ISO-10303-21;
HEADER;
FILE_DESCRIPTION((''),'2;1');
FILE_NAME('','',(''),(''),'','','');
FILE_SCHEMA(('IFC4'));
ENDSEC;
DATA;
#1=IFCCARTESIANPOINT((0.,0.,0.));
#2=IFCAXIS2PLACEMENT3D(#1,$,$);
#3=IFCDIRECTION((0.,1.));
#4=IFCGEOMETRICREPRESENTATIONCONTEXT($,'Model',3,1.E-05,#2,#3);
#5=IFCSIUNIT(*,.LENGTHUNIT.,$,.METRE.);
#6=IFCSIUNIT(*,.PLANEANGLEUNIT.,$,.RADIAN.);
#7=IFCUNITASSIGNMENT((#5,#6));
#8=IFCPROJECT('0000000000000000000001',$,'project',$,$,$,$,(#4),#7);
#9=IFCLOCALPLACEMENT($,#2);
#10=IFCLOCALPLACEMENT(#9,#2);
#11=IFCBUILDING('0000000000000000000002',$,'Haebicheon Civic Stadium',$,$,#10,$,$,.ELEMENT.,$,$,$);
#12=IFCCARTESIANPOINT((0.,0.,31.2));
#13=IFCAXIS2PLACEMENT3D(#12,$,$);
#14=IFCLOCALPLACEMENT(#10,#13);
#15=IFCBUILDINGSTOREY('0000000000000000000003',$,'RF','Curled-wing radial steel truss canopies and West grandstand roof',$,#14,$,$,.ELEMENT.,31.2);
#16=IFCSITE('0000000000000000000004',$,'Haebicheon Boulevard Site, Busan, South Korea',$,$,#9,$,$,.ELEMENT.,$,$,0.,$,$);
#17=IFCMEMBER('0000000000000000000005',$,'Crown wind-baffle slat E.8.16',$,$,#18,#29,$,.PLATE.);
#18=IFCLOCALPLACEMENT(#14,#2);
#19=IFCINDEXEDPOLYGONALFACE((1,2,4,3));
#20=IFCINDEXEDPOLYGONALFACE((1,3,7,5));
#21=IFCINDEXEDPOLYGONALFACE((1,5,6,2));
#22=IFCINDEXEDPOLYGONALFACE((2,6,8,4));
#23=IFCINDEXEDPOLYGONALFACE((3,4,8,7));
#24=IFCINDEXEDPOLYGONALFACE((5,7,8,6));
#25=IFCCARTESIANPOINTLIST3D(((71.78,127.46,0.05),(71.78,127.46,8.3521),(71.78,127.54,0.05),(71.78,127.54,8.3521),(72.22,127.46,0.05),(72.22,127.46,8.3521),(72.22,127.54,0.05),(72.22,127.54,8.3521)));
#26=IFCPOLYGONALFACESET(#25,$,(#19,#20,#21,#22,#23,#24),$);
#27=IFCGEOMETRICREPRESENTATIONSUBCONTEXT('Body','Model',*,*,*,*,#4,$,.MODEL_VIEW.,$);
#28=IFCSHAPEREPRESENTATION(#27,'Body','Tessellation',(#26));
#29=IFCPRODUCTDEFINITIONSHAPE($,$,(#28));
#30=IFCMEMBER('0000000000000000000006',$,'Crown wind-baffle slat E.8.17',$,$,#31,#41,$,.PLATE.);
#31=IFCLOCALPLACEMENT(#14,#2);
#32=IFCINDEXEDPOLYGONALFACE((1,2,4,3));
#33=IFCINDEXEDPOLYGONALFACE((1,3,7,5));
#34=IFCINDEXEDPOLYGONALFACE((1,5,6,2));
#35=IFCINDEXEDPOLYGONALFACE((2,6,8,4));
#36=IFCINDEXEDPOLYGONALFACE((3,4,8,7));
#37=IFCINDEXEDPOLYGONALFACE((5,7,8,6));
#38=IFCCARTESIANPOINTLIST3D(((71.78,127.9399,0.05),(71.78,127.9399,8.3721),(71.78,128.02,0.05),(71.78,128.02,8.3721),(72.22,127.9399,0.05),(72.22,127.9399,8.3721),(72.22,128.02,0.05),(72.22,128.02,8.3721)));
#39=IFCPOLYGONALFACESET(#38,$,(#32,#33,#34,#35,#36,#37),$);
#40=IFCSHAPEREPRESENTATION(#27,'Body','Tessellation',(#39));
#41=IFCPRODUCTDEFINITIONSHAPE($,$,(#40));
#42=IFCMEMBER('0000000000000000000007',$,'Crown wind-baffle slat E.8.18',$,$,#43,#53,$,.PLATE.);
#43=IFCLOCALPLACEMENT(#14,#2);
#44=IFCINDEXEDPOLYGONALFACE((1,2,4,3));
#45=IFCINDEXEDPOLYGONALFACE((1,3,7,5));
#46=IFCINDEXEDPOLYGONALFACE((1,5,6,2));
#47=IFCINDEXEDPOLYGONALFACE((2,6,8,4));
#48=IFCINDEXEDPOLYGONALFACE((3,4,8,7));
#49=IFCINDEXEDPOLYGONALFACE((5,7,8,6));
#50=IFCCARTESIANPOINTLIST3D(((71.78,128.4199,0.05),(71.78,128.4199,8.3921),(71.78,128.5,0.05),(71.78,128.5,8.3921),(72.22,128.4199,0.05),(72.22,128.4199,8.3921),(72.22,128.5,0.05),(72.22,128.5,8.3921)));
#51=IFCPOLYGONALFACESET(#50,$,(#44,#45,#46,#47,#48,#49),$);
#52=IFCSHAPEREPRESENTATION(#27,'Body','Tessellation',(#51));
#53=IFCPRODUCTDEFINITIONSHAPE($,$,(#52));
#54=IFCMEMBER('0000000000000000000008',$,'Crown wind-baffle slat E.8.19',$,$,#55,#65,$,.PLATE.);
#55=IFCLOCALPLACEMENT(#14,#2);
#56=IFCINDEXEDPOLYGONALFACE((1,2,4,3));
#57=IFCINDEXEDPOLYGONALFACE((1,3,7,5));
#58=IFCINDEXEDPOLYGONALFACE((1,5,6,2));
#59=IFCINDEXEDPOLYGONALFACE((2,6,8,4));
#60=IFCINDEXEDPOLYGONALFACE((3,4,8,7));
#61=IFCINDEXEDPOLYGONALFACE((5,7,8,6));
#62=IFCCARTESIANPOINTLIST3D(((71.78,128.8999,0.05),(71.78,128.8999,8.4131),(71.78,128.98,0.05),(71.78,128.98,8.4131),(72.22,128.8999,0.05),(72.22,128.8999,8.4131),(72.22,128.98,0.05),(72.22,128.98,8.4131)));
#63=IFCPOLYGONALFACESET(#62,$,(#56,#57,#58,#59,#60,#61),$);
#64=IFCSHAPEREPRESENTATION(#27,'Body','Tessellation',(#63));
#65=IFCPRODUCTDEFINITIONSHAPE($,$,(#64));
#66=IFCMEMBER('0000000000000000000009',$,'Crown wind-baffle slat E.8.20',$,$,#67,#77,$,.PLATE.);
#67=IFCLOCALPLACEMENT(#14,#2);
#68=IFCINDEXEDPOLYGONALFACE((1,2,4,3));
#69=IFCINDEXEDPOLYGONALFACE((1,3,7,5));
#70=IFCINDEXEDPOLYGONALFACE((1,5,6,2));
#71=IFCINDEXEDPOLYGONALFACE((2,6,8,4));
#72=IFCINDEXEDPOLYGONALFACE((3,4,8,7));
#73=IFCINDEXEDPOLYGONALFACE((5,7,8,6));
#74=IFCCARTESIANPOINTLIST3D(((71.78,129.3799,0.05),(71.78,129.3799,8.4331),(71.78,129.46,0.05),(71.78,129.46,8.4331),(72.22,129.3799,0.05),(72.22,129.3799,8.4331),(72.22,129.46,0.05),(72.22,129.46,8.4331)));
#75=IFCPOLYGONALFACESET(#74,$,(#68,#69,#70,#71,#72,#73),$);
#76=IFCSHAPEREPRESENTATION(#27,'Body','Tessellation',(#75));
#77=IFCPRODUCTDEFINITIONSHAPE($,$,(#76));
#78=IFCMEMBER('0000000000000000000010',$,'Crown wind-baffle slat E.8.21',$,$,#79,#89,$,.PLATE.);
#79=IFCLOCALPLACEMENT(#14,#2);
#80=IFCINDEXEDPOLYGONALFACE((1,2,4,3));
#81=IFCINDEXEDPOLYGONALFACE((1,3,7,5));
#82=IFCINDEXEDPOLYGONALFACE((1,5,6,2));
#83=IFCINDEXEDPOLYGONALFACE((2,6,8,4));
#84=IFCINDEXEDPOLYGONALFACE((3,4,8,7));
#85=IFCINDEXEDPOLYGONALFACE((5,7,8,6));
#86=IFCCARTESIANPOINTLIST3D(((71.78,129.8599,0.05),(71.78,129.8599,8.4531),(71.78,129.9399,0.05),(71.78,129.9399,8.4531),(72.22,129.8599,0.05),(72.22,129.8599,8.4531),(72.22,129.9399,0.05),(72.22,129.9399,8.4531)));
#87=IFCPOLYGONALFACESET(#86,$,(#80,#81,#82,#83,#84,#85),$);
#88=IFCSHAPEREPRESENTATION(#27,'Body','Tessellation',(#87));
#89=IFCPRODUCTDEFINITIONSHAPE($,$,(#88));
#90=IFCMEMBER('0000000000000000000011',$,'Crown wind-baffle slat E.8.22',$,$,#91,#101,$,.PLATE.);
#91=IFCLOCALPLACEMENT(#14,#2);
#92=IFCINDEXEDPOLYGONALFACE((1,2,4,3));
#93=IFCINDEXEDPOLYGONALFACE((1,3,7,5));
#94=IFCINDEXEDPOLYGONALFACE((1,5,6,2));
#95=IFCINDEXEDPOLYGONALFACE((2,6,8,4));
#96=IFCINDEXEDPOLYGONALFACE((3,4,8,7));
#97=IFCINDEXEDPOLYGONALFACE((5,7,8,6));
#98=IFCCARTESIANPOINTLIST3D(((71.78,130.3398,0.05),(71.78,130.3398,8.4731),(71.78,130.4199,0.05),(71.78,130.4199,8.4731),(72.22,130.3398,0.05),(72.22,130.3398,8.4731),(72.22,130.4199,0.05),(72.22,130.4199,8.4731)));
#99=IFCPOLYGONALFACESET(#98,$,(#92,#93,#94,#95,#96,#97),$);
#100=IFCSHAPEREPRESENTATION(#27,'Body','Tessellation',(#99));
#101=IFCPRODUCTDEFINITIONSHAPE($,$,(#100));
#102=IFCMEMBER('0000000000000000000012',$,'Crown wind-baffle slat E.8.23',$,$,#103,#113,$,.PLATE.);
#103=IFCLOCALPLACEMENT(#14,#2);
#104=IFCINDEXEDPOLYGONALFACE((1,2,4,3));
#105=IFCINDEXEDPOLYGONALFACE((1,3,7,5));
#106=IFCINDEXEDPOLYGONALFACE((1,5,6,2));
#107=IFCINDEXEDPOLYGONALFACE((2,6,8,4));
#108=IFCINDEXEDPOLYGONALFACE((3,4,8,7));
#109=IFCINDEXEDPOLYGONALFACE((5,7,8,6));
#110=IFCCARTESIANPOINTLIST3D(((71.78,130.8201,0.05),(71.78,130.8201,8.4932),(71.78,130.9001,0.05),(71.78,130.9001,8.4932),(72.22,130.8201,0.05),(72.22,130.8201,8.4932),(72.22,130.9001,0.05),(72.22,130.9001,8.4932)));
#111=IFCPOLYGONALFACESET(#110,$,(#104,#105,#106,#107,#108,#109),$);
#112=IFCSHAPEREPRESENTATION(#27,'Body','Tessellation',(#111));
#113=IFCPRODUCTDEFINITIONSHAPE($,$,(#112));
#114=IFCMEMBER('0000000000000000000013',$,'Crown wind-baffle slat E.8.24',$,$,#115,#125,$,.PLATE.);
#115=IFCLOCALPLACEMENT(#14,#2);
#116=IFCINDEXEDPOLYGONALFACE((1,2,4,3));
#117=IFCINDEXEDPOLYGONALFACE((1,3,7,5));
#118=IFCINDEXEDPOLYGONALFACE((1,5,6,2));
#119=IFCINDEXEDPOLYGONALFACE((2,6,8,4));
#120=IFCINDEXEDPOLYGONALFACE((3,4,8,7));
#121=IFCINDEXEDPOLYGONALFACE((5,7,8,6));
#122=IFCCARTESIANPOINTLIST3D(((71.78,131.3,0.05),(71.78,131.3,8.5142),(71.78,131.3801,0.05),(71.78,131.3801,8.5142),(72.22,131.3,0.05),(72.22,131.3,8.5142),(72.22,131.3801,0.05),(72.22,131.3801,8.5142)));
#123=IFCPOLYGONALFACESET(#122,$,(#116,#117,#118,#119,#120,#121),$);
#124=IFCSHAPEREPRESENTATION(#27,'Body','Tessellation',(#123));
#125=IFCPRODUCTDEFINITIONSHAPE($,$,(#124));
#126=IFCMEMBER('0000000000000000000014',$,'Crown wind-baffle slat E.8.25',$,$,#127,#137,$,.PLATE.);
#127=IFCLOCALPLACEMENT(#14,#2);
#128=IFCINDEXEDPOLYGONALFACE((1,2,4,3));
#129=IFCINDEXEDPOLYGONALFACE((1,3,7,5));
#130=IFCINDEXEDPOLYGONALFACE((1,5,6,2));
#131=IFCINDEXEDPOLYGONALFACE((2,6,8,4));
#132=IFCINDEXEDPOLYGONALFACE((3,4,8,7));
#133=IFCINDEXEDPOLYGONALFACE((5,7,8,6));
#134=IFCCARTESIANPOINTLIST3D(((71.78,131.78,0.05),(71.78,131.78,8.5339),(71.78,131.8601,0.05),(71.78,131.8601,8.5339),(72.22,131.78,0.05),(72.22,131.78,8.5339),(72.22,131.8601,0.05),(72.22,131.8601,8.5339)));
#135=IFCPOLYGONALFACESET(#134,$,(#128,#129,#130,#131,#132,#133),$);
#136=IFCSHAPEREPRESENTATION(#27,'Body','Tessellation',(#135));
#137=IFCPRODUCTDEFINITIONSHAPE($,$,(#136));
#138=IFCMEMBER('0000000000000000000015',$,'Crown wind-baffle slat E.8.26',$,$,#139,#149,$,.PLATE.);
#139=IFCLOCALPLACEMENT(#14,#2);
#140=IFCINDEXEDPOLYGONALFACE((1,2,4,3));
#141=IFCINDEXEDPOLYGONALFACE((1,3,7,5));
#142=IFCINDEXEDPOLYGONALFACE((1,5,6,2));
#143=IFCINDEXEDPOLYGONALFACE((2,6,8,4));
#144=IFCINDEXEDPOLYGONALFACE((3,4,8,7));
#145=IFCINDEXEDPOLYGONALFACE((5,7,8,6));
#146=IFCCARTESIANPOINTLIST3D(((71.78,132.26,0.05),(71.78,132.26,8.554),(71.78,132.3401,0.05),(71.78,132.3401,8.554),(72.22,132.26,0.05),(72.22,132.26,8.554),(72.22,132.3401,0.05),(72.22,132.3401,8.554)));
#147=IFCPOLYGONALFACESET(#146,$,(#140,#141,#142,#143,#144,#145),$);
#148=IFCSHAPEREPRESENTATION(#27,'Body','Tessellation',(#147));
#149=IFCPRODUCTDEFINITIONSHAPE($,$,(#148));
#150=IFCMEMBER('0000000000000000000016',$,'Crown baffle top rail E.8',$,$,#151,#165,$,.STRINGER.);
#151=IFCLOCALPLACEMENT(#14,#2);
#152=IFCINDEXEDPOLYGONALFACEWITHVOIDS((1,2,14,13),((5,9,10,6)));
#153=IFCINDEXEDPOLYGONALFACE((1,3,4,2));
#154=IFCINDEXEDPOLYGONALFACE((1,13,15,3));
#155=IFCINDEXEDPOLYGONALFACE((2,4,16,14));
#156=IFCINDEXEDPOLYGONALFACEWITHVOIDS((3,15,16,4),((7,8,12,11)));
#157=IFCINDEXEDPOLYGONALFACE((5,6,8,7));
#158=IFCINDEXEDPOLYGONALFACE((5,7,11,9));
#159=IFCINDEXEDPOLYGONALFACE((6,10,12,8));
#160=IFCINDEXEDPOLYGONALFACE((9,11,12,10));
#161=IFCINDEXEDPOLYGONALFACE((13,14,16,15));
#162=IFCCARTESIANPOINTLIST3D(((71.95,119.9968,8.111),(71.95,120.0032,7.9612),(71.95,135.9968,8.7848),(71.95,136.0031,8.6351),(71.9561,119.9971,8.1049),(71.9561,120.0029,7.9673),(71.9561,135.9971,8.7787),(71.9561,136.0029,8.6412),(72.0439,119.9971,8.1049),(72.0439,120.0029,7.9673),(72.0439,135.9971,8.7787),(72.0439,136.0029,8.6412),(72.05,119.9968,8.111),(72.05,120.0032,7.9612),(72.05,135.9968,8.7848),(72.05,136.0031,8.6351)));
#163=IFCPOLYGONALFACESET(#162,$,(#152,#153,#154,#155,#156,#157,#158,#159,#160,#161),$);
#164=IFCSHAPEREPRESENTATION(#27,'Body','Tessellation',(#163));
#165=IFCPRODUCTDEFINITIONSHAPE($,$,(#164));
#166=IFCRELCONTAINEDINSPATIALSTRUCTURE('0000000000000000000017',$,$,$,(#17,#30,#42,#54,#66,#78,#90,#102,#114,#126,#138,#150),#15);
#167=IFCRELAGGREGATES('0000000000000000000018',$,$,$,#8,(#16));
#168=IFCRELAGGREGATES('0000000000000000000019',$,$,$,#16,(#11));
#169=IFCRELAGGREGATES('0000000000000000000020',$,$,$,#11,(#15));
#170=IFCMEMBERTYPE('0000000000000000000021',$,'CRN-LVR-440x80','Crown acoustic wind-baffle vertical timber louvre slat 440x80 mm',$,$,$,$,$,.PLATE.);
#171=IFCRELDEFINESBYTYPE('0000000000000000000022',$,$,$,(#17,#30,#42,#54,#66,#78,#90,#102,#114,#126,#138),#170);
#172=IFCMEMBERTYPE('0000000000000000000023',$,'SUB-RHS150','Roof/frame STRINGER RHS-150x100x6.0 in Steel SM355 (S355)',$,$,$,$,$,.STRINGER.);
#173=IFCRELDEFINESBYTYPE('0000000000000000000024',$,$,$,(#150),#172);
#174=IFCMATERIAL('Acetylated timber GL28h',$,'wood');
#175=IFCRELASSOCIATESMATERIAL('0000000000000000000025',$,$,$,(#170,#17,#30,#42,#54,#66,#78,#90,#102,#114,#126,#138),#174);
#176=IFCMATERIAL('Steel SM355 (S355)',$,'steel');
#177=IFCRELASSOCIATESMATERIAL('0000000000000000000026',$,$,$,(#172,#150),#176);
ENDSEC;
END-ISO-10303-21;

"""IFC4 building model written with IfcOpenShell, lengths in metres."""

from ifc_helpers import new_model, si_unit, direction, frame, origin, origin_2d, place, context, subcontext, project, spatial, rectangle, hollow_rectangle, extrude, material, material_profile, profile_set, type_object, element, save


model = new_model("IFC4")

# Units and contexts
model_context = context("Model", 3, precision=1e-05, world=origin(), true_north=direction((0.0, 1.0)))
body_context = subcontext(model_context, "Body", "Model", "MODEL_VIEW")
ifc_project = project(units=[si_unit("LENGTHUNIT", "METRE"), si_unit("PLANEANGLEUNIT", "RADIAN")], contexts=[model_context])

# Site, building, storey
site_placement = place(None, origin())
site = spatial("IfcSite", under=ifc_project, at=site_placement, Name="Haebicheon Boulevard Site, Busan, South Korea", CompositionType="ELEMENT", RefElevation=0.0)
building_placement = place(site_placement, origin())
building = spatial("IfcBuilding", under=site, at=building_placement, Name="Haebicheon Civic Stadium", CompositionType="ELEMENT")
storey_placement = place(building_placement, frame((0.0, 0.0, 31.2)))
storey = spatial("IfcBuildingStorey", under=building, at=storey_placement, Name="RF", Description="Curled-wing radial steel truss canopies and West grandstand roof", CompositionType="ELEMENT", Elevation=31.2)

# Members
ifc_material_1 = material(Name="Acetylated timber GL28h", Category="wood")
ifc_material_profile_1 = material_profile(ifc_material_1, rectangle(XDim=0.0801, YDim=0.4399, at=origin_2d()), Name="TMB-LOUV-80x440")
ifc_profile_set_1 = profile_set([ifc_material_profile_1], Name="Acetylated timber GL28h")
member_type_1 = type_object("IfcMemberType", Name="CRN-LVR-440x80", Description="Crown acoustic wind-baffle vertical timber louvre slat 440x80 mm", PredefinedType="PLATE", material=ifc_profile_set_1)
member_1_placement = place(storey_placement, frame((72.0, 127.5, 0.05), z_axis=(0.0, 0.0, 1.0), x_axis=(0.0, 1.0, 0.0)))
element("IfcMember", 1, at=member_1_placement, inside=storey, type_object=member_type_1, material=ifc_profile_set_1, Name="Crown wind-baffle slat E.8.16", PredefinedType="PLATE", context=body_context, shape_type="SweptSolid", body=[
    extrude(rectangle(XDim=0.0801, YDim=0.4399, at=origin_2d()), origin(), (0.0, 0.0, 1.0), 8.302),
])
member_2_placement = place(storey_placement, frame((72.0, 127.98, 0.05), z_axis=(0.0, 0.0, 1.0), x_axis=(0.0, 1.0, 0.0)))
element("IfcMember", 2, at=member_2_placement, inside=storey, type_object=member_type_1, material=ifc_profile_set_1, Name="Crown wind-baffle slat E.8.17", PredefinedType="PLATE", context=body_context, shape_type="SweptSolid", body=[
    extrude(rectangle(XDim=0.0801, YDim=0.4399, at=origin_2d()), origin(), (0.0, 0.0, 1.0), 8.322),
])
member_3_placement = place(storey_placement, frame((72.0, 128.46, 0.05), z_axis=(0.0, 0.0, 1.0), x_axis=(0.0, 1.0, 0.0)))
element("IfcMember", 3, at=member_3_placement, inside=storey, type_object=member_type_1, material=ifc_profile_set_1, Name="Crown wind-baffle slat E.8.18", PredefinedType="PLATE", context=body_context, shape_type="SweptSolid", body=[
    extrude(rectangle(XDim=0.0801, YDim=0.4399, at=origin_2d()), origin(), (0.0, 0.0, 1.0), 8.342),
])
member_4_placement = place(storey_placement, frame((72.0, 128.9399, 0.05), z_axis=(0.0, 0.0, 1.0), x_axis=(0.0, 1.0, 0.0)))
element("IfcMember", 4, at=member_4_placement, inside=storey, type_object=member_type_1, material=ifc_profile_set_1, Name="Crown wind-baffle slat E.8.19", PredefinedType="PLATE", context=body_context, shape_type="SweptSolid", body=[
    extrude(rectangle(XDim=0.0801, YDim=0.4399, at=origin_2d()), origin(), (0.0, 0.0, 1.0), 8.363),
])
member_5_placement = place(storey_placement, frame((72.0, 129.4199, 0.05), z_axis=(0.0, 0.0, 1.0), x_axis=(0.0, 1.0, 0.0)))
element("IfcMember", 5, at=member_5_placement, inside=storey, type_object=member_type_1, material=ifc_profile_set_1, Name="Crown wind-baffle slat E.8.20", PredefinedType="PLATE", context=body_context, shape_type="SweptSolid", body=[
    extrude(rectangle(XDim=0.0801, YDim=0.4399, at=origin_2d()), origin(), (0.0, 0.0, 1.0), 8.3831),
])
member_6_placement = place(storey_placement, frame((72.0, 129.8999, 0.05), z_axis=(0.0, 0.0, 1.0), x_axis=(0.0, 1.0, 0.0)))
element("IfcMember", 6, at=member_6_placement, inside=storey, type_object=member_type_1, material=ifc_profile_set_1, Name="Crown wind-baffle slat E.8.21", PredefinedType="PLATE", context=body_context, shape_type="SweptSolid", body=[
    extrude(rectangle(XDim=0.0801, YDim=0.4399, at=origin_2d()), origin(), (0.0, 0.0, 1.0), 8.4031),
])
member_7_placement = place(storey_placement, frame((72.0, 130.3799, 0.05), z_axis=(0.0, 0.0, 1.0), x_axis=(0.0, 1.0, 0.0)))
element("IfcMember", 7, at=member_7_placement, inside=storey, type_object=member_type_1, material=ifc_profile_set_1, Name="Crown wind-baffle slat E.8.22", PredefinedType="PLATE", context=body_context, shape_type="SweptSolid", body=[
    extrude(rectangle(XDim=0.0801, YDim=0.4399, at=origin_2d()), origin(), (0.0, 0.0, 1.0), 8.4231),
])
member_8_placement = place(storey_placement, frame((72.0, 130.8601, 0.05), z_axis=(0.0, 0.0, 1.0), x_axis=(0.0, 1.0, 0.0)))
element("IfcMember", 8, at=member_8_placement, inside=storey, type_object=member_type_1, material=ifc_profile_set_1, Name="Crown wind-baffle slat E.8.23", PredefinedType="PLATE", context=body_context, shape_type="SweptSolid", body=[
    extrude(rectangle(XDim=0.0801, YDim=0.4399, at=origin_2d()), origin(), (0.0, 0.0, 1.0), 8.4431),
])
member_9_placement = place(storey_placement, frame((72.0, 131.3401, 0.05), z_axis=(0.0, 0.0, 1.0), x_axis=(0.0, 1.0, 0.0)))
element("IfcMember", 9, at=member_9_placement, inside=storey, type_object=member_type_1, material=ifc_profile_set_1, Name="Crown wind-baffle slat E.8.24", PredefinedType="PLATE", context=body_context, shape_type="SweptSolid", body=[
    extrude(rectangle(XDim=0.0801, YDim=0.4399, at=origin_2d()), origin(), (0.0, 0.0, 1.0), 8.4641),
])
member_10_placement = place(storey_placement, frame((72.0, 131.8201, 0.05), z_axis=(0.0, 0.0, 1.0), x_axis=(0.0, 1.0, 0.0)))
element("IfcMember", 10, at=member_10_placement, inside=storey, type_object=member_type_1, material=ifc_profile_set_1, Name="Crown wind-baffle slat E.8.25", PredefinedType="PLATE", context=body_context, shape_type="SweptSolid", body=[
    extrude(rectangle(XDim=0.0801, YDim=0.4399, at=origin_2d()), origin(), (0.0, 0.0, 1.0), 8.4839),
])
member_11_placement = place(storey_placement, frame((72.0, 132.3, 0.05), z_axis=(0.0, 0.0, 1.0), x_axis=(0.0, 1.0, 0.0)))
element("IfcMember", 11, at=member_11_placement, inside=storey, type_object=member_type_1, material=ifc_profile_set_1, Name="Crown wind-baffle slat E.8.26", PredefinedType="PLATE", context=body_context, shape_type="SweptSolid", body=[
    extrude(rectangle(XDim=0.0801, YDim=0.4399, at=origin_2d()), origin(), (0.0, 0.0, 1.0), 8.5039),
])
ifc_material_2 = material(Name="Steel SM355 (S355)", Category="steel")
ifc_material_profile_2 = material_profile(ifc_material_2, hollow_rectangle(XDim=0.1001, YDim=0.1499, WallThickness=0.0061, at=origin_2d()), Name="RHS-150x100x6.0")
ifc_profile_set_2 = profile_set([ifc_material_profile_2], Name="Steel SM355 (S355)")
member_type_2 = type_object("IfcMemberType", Name="SUB-RHS150", Description="Roof/frame STRINGER RHS-150x100x6.0 in Steel SM355 (S355)", PredefinedType="STRINGER", material=ifc_profile_set_2)
member_12_placement = place(storey_placement, frame((72.0, 120.0, 8.0361), z_axis=(0.0, 0.999114, 0.042077), x_axis=(-1.0, 0.0, 0.0)))
element("IfcMember", 12, at=member_12_placement, inside=storey, type_object=member_type_2, material=ifc_profile_set_2, Name="Crown baffle top rail E.8", PredefinedType="STRINGER", context=body_context, shape_type="SweptSolid", body=[
    extrude(hollow_rectangle(XDim=0.1001, YDim=0.1499, WallThickness=0.0061, at=origin_2d()), origin(), (0.0, 0.0, 1.0), 16.0142),
])

save(model, "model.ifc")
